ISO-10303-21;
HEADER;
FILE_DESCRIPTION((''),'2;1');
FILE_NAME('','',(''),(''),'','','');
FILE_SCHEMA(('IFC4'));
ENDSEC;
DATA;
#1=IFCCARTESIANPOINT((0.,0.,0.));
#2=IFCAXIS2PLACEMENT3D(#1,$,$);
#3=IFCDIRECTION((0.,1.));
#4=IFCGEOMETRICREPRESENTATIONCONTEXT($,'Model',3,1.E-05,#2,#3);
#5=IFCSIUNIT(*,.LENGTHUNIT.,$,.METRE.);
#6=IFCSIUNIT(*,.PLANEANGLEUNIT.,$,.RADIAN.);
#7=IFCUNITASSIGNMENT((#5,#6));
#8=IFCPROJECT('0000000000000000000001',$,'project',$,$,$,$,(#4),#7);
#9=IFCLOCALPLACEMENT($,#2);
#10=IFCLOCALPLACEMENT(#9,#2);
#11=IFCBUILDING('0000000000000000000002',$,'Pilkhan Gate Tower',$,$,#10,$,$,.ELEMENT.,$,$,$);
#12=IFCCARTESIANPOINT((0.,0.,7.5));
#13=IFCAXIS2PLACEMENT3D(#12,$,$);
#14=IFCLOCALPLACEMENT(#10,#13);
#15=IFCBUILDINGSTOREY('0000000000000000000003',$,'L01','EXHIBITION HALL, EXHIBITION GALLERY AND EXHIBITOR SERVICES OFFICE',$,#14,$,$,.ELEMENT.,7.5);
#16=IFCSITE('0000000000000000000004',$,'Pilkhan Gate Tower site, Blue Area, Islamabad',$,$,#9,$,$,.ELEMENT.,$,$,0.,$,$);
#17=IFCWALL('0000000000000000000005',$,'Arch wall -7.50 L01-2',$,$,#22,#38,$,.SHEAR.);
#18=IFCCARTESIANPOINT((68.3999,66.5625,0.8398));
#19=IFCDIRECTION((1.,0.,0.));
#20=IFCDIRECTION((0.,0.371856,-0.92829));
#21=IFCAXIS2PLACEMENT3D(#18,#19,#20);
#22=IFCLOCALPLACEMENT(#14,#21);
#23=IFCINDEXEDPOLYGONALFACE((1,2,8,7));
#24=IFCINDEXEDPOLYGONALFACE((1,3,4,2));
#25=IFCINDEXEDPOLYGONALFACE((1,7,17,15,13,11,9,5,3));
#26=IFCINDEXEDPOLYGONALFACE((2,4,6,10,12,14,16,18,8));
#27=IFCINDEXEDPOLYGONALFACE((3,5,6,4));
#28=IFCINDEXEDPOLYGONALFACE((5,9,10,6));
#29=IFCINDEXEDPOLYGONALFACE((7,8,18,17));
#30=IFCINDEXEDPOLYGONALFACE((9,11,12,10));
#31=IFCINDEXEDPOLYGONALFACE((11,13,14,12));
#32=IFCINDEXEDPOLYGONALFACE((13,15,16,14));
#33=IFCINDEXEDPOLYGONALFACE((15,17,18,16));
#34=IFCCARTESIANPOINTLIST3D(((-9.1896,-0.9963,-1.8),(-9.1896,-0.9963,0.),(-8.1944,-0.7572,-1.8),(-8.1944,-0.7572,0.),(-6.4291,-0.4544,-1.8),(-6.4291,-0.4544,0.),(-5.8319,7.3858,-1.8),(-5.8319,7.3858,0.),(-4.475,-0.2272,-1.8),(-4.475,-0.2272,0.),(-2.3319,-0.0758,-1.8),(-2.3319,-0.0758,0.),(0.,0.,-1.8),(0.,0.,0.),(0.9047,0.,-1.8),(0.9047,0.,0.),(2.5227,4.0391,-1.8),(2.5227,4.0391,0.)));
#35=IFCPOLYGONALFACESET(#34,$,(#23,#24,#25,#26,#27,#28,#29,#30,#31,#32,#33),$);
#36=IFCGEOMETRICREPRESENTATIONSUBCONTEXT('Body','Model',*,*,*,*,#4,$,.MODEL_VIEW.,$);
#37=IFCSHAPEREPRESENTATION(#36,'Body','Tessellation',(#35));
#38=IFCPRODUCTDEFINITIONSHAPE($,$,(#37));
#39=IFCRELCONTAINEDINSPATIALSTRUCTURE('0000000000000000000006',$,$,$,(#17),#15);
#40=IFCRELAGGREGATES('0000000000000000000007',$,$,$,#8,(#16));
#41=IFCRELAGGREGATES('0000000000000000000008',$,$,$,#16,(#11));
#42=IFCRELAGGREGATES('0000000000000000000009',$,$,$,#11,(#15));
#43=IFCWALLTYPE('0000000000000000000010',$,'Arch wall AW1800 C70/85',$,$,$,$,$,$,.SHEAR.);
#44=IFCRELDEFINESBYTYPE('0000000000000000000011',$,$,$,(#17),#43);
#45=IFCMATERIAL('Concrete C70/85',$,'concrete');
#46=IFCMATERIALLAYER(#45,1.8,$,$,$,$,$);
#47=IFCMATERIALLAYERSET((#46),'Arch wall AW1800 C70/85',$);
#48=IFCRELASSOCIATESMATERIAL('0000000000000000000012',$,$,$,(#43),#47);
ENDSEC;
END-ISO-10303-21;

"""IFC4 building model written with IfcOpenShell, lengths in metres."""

from ifc_helpers import new_model, si_unit, direction, frame, origin, place, context, subcontext, project, spatial, polyline, outline, extrude, material, layer, layer_set, type_object, element, save


model = new_model("IFC4")

# Units and contexts
model_context = context("Model", 3, precision=1e-05, world=origin(), true_north=direction((0.0, 1.0)))
body_context = subcontext(model_context, "Body", "Model", "MODEL_VIEW")
ifc_project = project(units=[si_unit("LENGTHUNIT", "METRE"), si_unit("PLANEANGLEUNIT", "RADIAN")], contexts=[model_context])

# Site, building, storey
site_placement = place(None, origin())
site = spatial("IfcSite", under=ifc_project, at=site_placement, Name="Pilkhan Gate Tower site, Blue Area, Islamabad", CompositionType="ELEMENT", RefElevation=0.0)
building_placement = place(site_placement, origin())
building = spatial("IfcBuilding", under=site, at=building_placement, Name="Pilkhan Gate Tower", CompositionType="ELEMENT")
storey_placement = place(building_placement, frame((0.0, 0.0, 7.5)))
storey = spatial("IfcBuildingStorey", under=building, at=storey_placement, Name="L01", Description="EXHIBITION HALL, EXHIBITION GALLERY AND EXHIBITOR SERVICES OFFICE", CompositionType="ELEMENT", Elevation=7.5)

# Wall
ifc_material_1 = material(Name="Concrete C70/85", Category="concrete")
ifc_layer_1 = layer(ifc_material_1, 1.8)
ifc_layer_set_1 = layer_set([ifc_layer_1], Name="Arch wall AW1800 C70/85")
wall_type_1 = type_object("IfcWallType", Name="Arch wall AW1800 C70/85", PredefinedType="SHEAR", material=ifc_layer_set_1)
wall_1_placement = place(storey_placement, frame((68.3999, 66.5625, 0.8398), z_axis=(1.0, 0.0, 0.0), x_axis=(0.0, 0.371856, -0.92829)))
element("IfcWall", 1, at=wall_1_placement, inside=storey, type_object=wall_type_1, Name="Arch wall -7.50 L01-2", PredefinedType="SHEAR", context=body_context, shape_type="SweptSolid", body=[
    extrude(outline(polyline([(0.0, 0.0), (0.9047, 0.0), (2.5227, 4.0391), (-5.8319, 7.3858), (-9.1896, -0.9963), (-8.1944, -0.7572), (-6.4291, -0.4544), (-4.475, -0.2272), (-2.3319, -0.0758), (0.0, 0.0)])), origin(), (0.0, 0.0, -1.0), 1.8),
])

save(model, "model.ifc")
